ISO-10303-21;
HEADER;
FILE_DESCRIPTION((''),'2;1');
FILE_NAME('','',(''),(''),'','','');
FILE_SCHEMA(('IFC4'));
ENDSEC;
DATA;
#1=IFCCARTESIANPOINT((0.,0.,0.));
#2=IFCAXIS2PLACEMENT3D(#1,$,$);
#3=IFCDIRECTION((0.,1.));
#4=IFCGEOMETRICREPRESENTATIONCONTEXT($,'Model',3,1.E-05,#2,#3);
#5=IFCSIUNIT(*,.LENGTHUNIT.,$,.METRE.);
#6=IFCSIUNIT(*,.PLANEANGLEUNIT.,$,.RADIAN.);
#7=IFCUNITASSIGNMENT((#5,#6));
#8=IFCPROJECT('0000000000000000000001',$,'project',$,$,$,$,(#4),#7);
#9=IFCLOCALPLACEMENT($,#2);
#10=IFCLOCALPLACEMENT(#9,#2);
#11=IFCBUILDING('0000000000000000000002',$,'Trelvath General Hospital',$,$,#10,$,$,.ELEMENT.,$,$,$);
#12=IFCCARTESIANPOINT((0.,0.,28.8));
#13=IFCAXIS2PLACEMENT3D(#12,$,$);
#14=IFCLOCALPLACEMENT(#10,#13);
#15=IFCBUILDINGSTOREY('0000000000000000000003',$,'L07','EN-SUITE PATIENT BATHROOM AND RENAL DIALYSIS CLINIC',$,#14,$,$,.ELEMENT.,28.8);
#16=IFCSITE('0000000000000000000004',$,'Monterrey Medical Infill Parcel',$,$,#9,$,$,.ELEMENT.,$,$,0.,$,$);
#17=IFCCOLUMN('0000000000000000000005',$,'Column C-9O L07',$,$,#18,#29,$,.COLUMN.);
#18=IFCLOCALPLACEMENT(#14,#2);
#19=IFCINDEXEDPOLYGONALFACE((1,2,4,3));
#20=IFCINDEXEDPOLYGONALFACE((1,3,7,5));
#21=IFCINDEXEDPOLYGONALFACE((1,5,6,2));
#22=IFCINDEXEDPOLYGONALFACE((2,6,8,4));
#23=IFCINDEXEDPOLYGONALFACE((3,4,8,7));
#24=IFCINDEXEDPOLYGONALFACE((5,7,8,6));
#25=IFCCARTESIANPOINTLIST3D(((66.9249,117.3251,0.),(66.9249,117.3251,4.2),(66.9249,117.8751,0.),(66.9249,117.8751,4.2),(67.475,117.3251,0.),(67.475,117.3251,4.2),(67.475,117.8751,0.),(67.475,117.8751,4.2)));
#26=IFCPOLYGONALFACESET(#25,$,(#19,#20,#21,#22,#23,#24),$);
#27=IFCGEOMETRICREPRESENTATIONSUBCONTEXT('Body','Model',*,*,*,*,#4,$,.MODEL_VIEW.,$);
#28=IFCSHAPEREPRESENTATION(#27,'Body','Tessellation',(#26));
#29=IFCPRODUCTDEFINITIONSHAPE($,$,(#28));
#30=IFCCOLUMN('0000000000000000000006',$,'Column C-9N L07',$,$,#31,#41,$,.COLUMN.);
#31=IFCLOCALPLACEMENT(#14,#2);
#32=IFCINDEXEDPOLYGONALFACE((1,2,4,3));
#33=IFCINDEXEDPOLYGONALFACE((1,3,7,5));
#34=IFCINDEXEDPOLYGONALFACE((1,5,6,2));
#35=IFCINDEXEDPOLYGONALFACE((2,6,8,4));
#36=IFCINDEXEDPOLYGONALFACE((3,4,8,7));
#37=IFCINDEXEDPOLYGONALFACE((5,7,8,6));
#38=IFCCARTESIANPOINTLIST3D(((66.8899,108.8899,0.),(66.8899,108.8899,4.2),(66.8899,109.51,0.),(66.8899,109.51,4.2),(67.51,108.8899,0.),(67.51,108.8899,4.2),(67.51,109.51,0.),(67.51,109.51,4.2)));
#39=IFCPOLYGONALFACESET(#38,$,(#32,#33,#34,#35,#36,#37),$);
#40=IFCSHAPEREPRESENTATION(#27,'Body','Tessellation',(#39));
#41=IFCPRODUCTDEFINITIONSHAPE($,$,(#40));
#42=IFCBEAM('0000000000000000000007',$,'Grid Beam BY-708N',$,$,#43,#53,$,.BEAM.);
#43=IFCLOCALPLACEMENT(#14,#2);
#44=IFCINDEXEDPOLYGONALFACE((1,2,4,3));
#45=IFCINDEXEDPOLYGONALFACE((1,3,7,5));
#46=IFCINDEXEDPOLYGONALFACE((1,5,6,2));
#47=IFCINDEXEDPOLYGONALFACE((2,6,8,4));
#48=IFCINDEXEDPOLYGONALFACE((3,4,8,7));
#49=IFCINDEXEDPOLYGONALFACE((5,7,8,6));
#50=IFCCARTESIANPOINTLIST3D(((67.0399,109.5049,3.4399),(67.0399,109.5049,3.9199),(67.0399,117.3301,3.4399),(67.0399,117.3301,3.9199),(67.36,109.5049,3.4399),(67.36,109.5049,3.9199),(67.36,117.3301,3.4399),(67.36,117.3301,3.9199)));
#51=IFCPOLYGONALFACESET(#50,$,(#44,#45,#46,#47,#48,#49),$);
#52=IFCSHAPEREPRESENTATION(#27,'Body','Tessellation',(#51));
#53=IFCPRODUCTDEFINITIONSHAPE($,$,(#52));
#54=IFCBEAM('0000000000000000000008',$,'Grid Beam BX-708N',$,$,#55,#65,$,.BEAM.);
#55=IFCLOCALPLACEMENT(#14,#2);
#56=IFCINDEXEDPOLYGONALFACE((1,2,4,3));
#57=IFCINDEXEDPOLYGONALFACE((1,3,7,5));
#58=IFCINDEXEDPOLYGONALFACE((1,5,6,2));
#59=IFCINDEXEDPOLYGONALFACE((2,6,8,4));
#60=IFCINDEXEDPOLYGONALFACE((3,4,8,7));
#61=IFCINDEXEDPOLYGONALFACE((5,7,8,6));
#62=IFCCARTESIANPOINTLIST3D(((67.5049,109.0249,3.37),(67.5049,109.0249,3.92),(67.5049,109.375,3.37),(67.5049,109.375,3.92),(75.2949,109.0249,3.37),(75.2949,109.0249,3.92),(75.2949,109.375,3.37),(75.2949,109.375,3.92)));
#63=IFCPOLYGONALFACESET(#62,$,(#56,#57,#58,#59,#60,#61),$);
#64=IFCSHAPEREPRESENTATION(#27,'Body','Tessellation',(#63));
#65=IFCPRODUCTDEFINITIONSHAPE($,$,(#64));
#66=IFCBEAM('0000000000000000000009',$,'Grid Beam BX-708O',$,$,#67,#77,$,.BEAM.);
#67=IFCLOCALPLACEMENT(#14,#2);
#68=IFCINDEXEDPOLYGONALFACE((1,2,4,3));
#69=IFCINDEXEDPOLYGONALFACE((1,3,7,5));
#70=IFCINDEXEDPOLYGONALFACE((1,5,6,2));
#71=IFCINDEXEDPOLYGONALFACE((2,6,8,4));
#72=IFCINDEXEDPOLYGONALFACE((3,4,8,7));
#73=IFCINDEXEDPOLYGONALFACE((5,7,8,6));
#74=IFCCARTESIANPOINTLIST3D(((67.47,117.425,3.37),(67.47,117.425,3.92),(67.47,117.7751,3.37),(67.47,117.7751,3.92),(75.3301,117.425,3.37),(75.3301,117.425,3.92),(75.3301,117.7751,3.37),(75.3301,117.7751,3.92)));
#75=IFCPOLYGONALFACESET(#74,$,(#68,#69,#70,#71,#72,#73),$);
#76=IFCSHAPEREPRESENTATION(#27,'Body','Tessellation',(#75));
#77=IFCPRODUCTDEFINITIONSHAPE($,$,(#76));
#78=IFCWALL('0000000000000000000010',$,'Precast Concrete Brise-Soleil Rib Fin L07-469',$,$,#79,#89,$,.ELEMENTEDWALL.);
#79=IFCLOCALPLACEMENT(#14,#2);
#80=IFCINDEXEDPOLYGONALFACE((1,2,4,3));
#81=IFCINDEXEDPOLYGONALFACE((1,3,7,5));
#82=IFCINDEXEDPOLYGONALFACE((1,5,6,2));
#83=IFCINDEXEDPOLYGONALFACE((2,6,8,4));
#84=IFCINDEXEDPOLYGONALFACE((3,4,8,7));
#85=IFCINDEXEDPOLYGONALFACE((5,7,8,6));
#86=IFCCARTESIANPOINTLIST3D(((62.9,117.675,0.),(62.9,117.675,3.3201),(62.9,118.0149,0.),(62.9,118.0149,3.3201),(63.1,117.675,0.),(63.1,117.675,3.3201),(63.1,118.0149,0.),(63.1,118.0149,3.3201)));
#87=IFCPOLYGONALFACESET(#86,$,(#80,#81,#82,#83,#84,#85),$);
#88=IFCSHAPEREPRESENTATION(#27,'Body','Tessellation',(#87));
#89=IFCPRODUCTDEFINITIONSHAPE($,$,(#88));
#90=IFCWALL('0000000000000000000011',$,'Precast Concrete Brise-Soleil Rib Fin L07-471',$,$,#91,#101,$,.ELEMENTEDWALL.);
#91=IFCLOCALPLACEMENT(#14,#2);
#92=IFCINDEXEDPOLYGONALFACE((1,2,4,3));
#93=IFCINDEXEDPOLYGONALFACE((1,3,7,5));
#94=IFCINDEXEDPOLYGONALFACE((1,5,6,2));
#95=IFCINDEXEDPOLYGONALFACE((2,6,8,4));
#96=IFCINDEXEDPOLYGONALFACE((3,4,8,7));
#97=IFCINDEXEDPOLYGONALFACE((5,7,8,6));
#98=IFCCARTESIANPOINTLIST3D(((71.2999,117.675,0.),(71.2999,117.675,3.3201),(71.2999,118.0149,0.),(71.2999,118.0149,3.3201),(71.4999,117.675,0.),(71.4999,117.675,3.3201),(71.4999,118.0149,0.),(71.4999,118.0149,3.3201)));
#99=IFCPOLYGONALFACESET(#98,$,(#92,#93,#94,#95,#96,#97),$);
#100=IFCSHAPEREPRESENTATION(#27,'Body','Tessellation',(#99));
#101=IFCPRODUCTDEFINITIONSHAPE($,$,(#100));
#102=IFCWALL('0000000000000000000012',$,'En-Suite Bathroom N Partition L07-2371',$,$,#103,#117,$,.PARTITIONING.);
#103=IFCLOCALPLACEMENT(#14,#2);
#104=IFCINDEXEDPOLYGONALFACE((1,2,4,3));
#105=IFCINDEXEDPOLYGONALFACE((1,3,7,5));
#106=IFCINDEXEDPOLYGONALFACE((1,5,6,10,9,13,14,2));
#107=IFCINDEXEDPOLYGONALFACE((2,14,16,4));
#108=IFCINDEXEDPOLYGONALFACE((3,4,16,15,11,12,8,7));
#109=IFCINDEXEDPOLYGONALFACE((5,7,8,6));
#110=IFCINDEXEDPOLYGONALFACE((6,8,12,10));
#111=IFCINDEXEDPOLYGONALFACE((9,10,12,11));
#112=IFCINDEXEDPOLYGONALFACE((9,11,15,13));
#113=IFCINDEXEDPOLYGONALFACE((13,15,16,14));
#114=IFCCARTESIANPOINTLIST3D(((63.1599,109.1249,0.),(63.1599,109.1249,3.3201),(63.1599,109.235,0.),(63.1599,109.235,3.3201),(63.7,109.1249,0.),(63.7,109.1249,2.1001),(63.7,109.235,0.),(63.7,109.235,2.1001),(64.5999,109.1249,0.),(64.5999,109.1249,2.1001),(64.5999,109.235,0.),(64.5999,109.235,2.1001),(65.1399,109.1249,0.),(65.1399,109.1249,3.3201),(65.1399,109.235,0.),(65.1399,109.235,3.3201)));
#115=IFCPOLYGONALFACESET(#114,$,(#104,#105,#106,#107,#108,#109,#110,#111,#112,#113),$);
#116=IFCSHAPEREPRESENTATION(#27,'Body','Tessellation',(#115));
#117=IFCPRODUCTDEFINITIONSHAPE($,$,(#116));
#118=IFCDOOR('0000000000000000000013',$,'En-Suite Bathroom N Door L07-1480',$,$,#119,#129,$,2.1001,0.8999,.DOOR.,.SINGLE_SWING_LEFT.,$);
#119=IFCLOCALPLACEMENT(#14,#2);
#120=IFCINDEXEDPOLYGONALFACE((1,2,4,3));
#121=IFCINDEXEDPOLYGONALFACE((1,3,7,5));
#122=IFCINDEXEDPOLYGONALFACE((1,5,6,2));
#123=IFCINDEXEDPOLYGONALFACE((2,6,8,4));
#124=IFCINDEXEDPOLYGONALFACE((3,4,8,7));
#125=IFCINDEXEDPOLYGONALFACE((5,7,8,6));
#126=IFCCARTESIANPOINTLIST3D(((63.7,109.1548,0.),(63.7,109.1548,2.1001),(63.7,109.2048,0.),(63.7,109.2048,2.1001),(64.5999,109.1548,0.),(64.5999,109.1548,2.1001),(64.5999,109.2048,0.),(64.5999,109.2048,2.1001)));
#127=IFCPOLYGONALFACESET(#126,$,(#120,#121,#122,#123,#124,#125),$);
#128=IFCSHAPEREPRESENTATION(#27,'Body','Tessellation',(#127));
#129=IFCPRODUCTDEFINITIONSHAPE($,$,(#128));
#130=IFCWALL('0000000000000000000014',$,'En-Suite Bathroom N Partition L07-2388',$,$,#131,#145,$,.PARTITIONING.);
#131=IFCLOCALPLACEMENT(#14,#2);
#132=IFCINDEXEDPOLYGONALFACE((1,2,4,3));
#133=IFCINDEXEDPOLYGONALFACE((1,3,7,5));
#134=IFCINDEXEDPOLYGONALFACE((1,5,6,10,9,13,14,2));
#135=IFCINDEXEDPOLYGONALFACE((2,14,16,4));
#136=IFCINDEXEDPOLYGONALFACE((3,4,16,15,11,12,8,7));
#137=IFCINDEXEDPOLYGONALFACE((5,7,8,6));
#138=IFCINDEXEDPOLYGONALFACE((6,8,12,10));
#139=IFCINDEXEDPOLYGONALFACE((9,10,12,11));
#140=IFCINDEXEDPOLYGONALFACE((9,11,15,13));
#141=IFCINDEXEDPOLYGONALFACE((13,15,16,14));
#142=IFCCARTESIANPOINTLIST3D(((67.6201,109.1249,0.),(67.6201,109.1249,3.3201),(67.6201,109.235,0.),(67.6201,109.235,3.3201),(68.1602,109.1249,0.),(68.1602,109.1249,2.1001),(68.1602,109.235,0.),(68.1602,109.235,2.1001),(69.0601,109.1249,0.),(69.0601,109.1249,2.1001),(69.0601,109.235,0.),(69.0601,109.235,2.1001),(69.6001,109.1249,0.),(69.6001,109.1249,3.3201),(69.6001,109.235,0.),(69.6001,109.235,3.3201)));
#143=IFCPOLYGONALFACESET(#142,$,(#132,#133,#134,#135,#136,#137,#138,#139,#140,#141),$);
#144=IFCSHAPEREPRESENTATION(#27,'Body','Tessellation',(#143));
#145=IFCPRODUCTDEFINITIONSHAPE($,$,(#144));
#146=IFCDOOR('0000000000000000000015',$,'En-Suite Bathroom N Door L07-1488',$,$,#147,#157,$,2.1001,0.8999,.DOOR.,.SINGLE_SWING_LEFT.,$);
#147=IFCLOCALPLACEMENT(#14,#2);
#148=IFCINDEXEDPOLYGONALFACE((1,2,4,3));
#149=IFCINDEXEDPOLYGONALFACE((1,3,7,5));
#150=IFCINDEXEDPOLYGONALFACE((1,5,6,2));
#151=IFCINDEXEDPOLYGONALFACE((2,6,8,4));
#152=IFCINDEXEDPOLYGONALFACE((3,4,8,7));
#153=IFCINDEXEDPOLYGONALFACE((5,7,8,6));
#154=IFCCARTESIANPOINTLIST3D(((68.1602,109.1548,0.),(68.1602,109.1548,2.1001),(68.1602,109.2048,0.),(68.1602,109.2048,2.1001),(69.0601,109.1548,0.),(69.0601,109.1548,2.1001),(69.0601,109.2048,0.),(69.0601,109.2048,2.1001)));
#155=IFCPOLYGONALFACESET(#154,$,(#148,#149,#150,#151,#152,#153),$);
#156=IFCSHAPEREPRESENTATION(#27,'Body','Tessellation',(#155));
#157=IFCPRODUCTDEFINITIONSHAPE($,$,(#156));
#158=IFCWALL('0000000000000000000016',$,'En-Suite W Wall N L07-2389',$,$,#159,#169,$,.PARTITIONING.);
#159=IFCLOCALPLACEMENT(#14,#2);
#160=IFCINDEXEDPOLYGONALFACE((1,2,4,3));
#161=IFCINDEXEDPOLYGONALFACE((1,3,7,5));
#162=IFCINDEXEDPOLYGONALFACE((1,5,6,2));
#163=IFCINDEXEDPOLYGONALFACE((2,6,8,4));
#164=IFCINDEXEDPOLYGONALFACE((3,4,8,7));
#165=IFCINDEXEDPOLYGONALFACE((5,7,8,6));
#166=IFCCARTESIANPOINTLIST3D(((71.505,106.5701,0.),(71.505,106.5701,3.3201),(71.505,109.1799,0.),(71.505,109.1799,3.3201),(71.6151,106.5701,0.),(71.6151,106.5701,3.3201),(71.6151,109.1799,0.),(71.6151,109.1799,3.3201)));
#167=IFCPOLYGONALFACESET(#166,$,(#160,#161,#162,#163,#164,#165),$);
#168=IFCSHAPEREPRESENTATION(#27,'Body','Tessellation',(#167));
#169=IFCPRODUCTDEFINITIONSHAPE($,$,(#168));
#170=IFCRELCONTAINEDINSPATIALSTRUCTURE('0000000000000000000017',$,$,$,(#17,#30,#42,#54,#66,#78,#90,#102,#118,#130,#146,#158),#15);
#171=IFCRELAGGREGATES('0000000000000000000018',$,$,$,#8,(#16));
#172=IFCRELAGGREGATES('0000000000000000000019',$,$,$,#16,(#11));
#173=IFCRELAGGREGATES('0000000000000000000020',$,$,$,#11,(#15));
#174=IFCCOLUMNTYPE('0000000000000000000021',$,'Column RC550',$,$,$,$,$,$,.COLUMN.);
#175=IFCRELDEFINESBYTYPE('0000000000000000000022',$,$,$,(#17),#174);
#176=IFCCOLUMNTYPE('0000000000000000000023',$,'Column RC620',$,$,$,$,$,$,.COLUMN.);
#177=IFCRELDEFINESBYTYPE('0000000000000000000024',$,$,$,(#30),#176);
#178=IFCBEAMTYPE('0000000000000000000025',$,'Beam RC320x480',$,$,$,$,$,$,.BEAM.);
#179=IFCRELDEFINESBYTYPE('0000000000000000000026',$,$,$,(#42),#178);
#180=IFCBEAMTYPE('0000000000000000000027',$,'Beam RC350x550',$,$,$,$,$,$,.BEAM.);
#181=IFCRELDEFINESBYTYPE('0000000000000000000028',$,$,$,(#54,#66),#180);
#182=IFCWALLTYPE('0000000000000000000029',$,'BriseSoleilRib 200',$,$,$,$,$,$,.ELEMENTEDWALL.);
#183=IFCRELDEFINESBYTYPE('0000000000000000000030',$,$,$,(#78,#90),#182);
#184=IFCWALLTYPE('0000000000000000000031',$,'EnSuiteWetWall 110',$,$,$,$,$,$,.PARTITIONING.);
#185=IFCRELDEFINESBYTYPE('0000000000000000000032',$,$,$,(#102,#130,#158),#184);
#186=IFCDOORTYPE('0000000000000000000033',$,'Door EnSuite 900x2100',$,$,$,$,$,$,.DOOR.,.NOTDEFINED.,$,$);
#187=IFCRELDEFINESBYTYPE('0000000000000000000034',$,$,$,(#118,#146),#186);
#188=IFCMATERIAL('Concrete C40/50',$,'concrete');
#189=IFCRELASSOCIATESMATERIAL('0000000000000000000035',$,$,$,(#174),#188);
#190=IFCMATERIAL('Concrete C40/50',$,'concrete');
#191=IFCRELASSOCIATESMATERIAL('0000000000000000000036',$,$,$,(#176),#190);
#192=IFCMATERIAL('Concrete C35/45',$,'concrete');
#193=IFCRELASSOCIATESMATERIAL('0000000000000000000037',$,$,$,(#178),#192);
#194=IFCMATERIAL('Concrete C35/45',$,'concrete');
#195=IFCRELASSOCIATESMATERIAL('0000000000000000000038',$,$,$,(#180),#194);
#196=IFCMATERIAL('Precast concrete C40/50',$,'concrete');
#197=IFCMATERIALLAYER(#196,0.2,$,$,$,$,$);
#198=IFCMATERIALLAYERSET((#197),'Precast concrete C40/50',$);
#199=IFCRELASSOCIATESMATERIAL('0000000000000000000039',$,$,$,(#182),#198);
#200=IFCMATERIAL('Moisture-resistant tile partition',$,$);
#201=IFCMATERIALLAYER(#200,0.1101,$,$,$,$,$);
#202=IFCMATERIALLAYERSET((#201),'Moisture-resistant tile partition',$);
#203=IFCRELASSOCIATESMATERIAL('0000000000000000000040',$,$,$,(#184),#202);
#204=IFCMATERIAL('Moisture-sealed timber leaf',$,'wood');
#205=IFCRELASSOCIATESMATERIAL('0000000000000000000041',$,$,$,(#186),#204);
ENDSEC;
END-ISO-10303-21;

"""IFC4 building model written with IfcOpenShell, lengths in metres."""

from ifc_helpers import new_model, si_unit, direction, frame, frame_2d, origin, origin_2d, place, context, subcontext, project, spatial, rectangle, extrude, material, layer, layer_set, material_profile, profile_set, type_object, element, fill, save


model = new_model("IFC4")

# Units and contexts
model_context = context("Model", 3, precision=1e-05, world=origin(), true_north=direction((0.0, 1.0)))
body_context = subcontext(model_context, "Body", "Model", "MODEL_VIEW")
ifc_project = project(units=[si_unit("LENGTHUNIT", "METRE"), si_unit("PLANEANGLEUNIT", "RADIAN")], contexts=[model_context])

# Site, building, storey
site_placement = place(None, origin())
site = spatial("IfcSite", under=ifc_project, at=site_placement, Name="Monterrey Medical Infill Parcel", CompositionType="ELEMENT", RefElevation=0.0)
building_placement = place(site_placement, origin())
building = spatial("IfcBuilding", under=site, at=building_placement, Name="Trelvath General Hospital", CompositionType="ELEMENT")
storey_placement = place(building_placement, frame((0.0, 0.0, 28.8)))
storey = spatial("IfcBuildingStorey", under=building, at=storey_placement, Name="L07", Description="EN-SUITE PATIENT BATHROOM AND RENAL DIALYSIS CLINIC", CompositionType="ELEMENT", Elevation=28.8)

# Columns
ifc_material_1 = material(Name="Concrete C40/50", Category="concrete")
ifc_material_profile_1 = material_profile(ifc_material_1, rectangle(XDim=0.55, YDim=0.55, at=origin_2d()), Name="RC550x550")
ifc_profile_set_1 = profile_set([ifc_material_profile_1], Name="Concrete C40/50")
column_type_1 = type_object("IfcColumnType", Name="Column RC550", PredefinedType="COLUMN", material=ifc_profile_set_1)
column_1_placement = place(storey_placement, frame((67.2, 117.6001, 0.0), z_axis=(0.0, 0.0, 1.0), x_axis=(1.0, 0.0, 0.0)))
element("IfcColumn", 1, at=column_1_placement, inside=storey, type_object=column_type_1, Name="Column C-9O L07", PredefinedType="COLUMN", context=body_context, shape_type="SweptSolid", body=[
    extrude(rectangle(XDim=0.55, YDim=0.55, at=origin_2d()), origin(), (0.0, 0.0, 1.0), 4.2),
])
ifc_material_2 = material(Name="Concrete C40/50", Category="concrete")
ifc_material_profile_2 = material_profile(ifc_material_2, rectangle(XDim=0.6201, YDim=0.6201, at=origin_2d()), Name="RC620x620")
ifc_profile_set_2 = profile_set([ifc_material_profile_2], Name="Concrete C40/50")
column_type_2 = type_object("IfcColumnType", Name="Column RC620", PredefinedType="COLUMN", material=ifc_profile_set_2)
column_2_placement = place(storey_placement, frame((67.2, 109.2, 0.0), z_axis=(0.0, 0.0, 1.0), x_axis=(1.0, 0.0, 0.0)))
element("IfcColumn", 2, at=column_2_placement, inside=storey, type_object=column_type_2, Name="Column C-9N L07", PredefinedType="COLUMN", context=body_context, shape_type="SweptSolid", body=[
    extrude(rectangle(XDim=0.6201, YDim=0.6201, at=origin_2d()), origin(), (0.0, 0.0, 1.0), 4.2),
])

# Beams
ifc_material_3 = material(Name="Concrete C35/45", Category="concrete")
ifc_material_profile_3 = material_profile(ifc_material_3, rectangle(XDim=0.3201, YDim=0.48, at=origin_2d()), Name="RCB320x480")
ifc_profile_set_3 = profile_set([ifc_material_profile_3], Name="Concrete C35/45")
beam_type_1 = type_object("IfcBeamType", Name="Beam RC320x480", PredefinedType="BEAM", material=ifc_profile_set_3)
beam_1_placement = place(storey_placement, frame((67.2, 109.5049, 3.6799), z_axis=(0.0, 1.0, 0.0), x_axis=(-1.0, 0.0, 0.0)))
element("IfcBeam", 3, at=beam_1_placement, inside=storey, type_object=beam_type_1, Name="Grid Beam BY-708N", PredefinedType="BEAM", context=body_context, shape_type="SweptSolid", body=[
    extrude(rectangle(XDim=0.3201, YDim=0.48, at=origin_2d()), origin(), (0.0, 0.0, 1.0), 7.8252),
])
ifc_material_4 = material(Name="Concrete C35/45", Category="concrete")
ifc_material_profile_4 = material_profile(ifc_material_4, rectangle(XDim=0.3501, YDim=0.55, at=origin_2d()), Name="RCB350x550")
ifc_profile_set_4 = profile_set([ifc_material_profile_4], Name="Concrete C35/45")
beam_type_2 = type_object("IfcBeamType", Name="Beam RC350x550", PredefinedType="BEAM", material=ifc_profile_set_4)
beam_2_placement = place(storey_placement, frame((67.5049, 109.2, 3.645), z_axis=(1.0, 0.0, 0.0), x_axis=(0.0, 1.0, 0.0)))
element("IfcBeam", 4, at=beam_2_placement, inside=storey, type_object=beam_type_2, Name="Grid Beam BX-708N", PredefinedType="BEAM", context=body_context, shape_type="SweptSolid", body=[
    extrude(rectangle(XDim=0.3501, YDim=0.55, at=origin_2d()), origin(), (0.0, 0.0, 1.0), 7.79),
])
beam_3_placement = place(storey_placement, frame((67.47, 117.6001, 3.645), z_axis=(1.0, 0.0, 0.0), x_axis=(0.0, 1.0, 0.0)))
element("IfcBeam", 5, at=beam_3_placement, inside=storey, type_object=beam_type_2, Name="Grid Beam BX-708O", PredefinedType="BEAM", context=body_context, shape_type="SweptSolid", body=[
    extrude(rectangle(XDim=0.3501, YDim=0.55, at=origin_2d()), origin(), (0.0, 0.0, 1.0), 7.8601),
])

# Walls
ifc_material_5 = material(Name="Precast concrete C40/50", Category="concrete")
ifc_layer_1 = layer(ifc_material_5, 0.2)
ifc_layer_set_1 = layer_set([ifc_layer_1], Name="Precast concrete C40/50")
wall_type_1 = type_object("IfcWallType", Name="BriseSoleilRib 200", PredefinedType="ELEMENTEDWALL", material=ifc_layer_set_1)
for number, where, z_axis, x_axis, name in (
    (6, (63.0, 117.675, 0.0), (0.0, 0.0, 1.0), (0.0, 1.0, 0.0), "Precast Concrete Brise-Soleil Rib Fin L07-469"),
    (7, (71.3999, 117.675, 0.0), (0.0, 0.0, 1.0), (0.0, 1.0, 0.0), "Precast Concrete Brise-Soleil Rib Fin L07-471"),
):
    element("IfcWall", number, at=place(storey_placement, frame(where, z_axis=z_axis, x_axis=x_axis)), inside=storey, type_object=wall_type_1, Name=name, PredefinedType="ELEMENTEDWALL", context=body_context, shape_type="SweptSolid", body=[
        extrude(rectangle(XDim=0.3398, YDim=0.2, at=frame_2d((0.1699, 0.0))), origin(), (0.0, 0.0, 1.0), 3.3201),
    ])

# Walls, openings, doors
ifc_material_6 = material(Name="Moisture-resistant tile partition")
ifc_layer_2 = layer(ifc_material_6, 0.1101)
ifc_layer_set_2 = layer_set([ifc_layer_2], Name="Moisture-resistant tile partition")
wall_type_2 = type_object("IfcWallType", Name="EnSuiteWetWall 110", PredefinedType="PARTITIONING", material=ifc_layer_set_2)
wall_1_placement = place(storey_placement, frame((63.1599, 109.1799, 0.0), z_axis=(0.0, 0.0, 1.0), x_axis=(1.0, 0.0, 0.0)))
wall_1 = element("IfcWall", 8, at=wall_1_placement, inside=storey, type_object=wall_type_2, Name="En-Suite Bathroom N Partition L07-2371", PredefinedType="PARTITIONING", context=body_context, shape_type="SweptSolid", body=[
    extrude(rectangle(XDim=1.98, YDim=0.1101, at=frame_2d((0.99, 0.0))), origin(), (0.0, 0.0, 1.0), 3.3201),
])
opening_1_placement = place(wall_1_placement, frame((0.54, 0.0, 0.0)))
opening_1 = element("IfcOpeningElement", 9, at=opening_1_placement, cuts=wall_1, PredefinedType="OPENING", context=body_context, shape_type="SweptSolid", body=[
    extrude(rectangle(XDim=0.8999, YDim=2.1001, at=frame_2d((0.45, 1.05))), frame((0.0, 0.0649, 0.0), z_axis=(0.0, -1.0, 0.0), x_axis=(1.0, 0.0, 0.0)), (0.0, 0.0, 1.0), 0.1301),
])
ifc_material_7 = material(Name="Moisture-sealed timber leaf", Category="wood")
door_type = type_object("IfcDoorType", Name="Door EnSuite 900x2100", OperationType="NOTDEFINED", PredefinedType="DOOR", material=ifc_material_7)
door_1_placement = place(opening_1_placement, origin())
door_1 = element("IfcDoor", 10, at=door_1_placement, inside=storey, type_object=door_type, Name="En-Suite Bathroom N Door L07-1480", OperationType="SINGLE_SWING_LEFT", OverallHeight=2.1001, OverallWidth=0.8999, PredefinedType="DOOR", context=body_context, shape_type="SweptSolid", body=[
    extrude(rectangle(XDim=0.8999, YDim=2.1001, at=frame_2d((0.45, 1.05))), frame((0.0, 0.0249, 0.0), z_axis=(0.0, -1.0, 0.0), x_axis=(1.0, 0.0, 0.0)), (0.0, 0.0, 1.0), 0.05),
])
fill(opening_1, door_1)
wall_2_placement = place(storey_placement, frame((67.6201, 109.1799, 0.0), z_axis=(0.0, 0.0, 1.0), x_axis=(1.0, 0.0, 0.0)))
wall_2 = element("IfcWall", 11, at=wall_2_placement, inside=storey, type_object=wall_type_2, Name="En-Suite Bathroom N Partition L07-2388", PredefinedType="PARTITIONING", context=body_context, shape_type="SweptSolid", body=[
    extrude(rectangle(XDim=1.98, YDim=0.1101, at=frame_2d((0.99, 0.0))), origin(), (0.0, 0.0, 1.0), 3.3201),
])
opening_2_placement = place(wall_2_placement, frame((0.54, 0.0, 0.0)))
opening_2 = element("IfcOpeningElement", 12, at=opening_2_placement, cuts=wall_2, PredefinedType="OPENING", context=body_context, shape_type="SweptSolid", body=[
    extrude(rectangle(XDim=0.8999, YDim=2.1001, at=frame_2d((0.45, 1.05))), frame((0.0, 0.0649, 0.0), z_axis=(0.0, -1.0, 0.0), x_axis=(1.0, 0.0, 0.0)), (0.0, 0.0, 1.0), 0.1301),
])
door_2_placement = place(opening_2_placement, origin())
door_2 = element("IfcDoor", 13, at=door_2_placement, inside=storey, type_object=door_type, Name="En-Suite Bathroom N Door L07-1488", OperationType="SINGLE_SWING_LEFT", OverallHeight=2.1001, OverallWidth=0.8999, PredefinedType="DOOR", context=body_context, shape_type="SweptSolid", body=[
    extrude(rectangle(XDim=0.8999, YDim=2.1001, at=frame_2d((0.45, 1.05))), frame((0.0, 0.0249, 0.0), z_axis=(0.0, -1.0, 0.0), x_axis=(1.0, 0.0, 0.0)), (0.0, 0.0, 1.0), 0.05),
])
fill(opening_2, door_2)

# Wall
for number, where, z_axis, x_axis, name in (
    (14, (71.5601, 106.5701, 0.0), (0.0, 0.0, 1.0), (0.0, 1.0, 0.0), "En-Suite W Wall N L07-2389"),
):
    element("IfcWall", number, at=place(storey_placement, frame(where, z_axis=z_axis, x_axis=x_axis)), inside=storey, type_object=wall_type_2, Name=name, PredefinedType="PARTITIONING", context=body_context, shape_type="SweptSolid", body=[
        extrude(rectangle(XDim=2.6099, YDim=0.1101, at=frame_2d((1.3049, 0.0))), origin(), (0.0, 0.0, 1.0), 3.3201),
    ])

save(model, "model.ifc")
